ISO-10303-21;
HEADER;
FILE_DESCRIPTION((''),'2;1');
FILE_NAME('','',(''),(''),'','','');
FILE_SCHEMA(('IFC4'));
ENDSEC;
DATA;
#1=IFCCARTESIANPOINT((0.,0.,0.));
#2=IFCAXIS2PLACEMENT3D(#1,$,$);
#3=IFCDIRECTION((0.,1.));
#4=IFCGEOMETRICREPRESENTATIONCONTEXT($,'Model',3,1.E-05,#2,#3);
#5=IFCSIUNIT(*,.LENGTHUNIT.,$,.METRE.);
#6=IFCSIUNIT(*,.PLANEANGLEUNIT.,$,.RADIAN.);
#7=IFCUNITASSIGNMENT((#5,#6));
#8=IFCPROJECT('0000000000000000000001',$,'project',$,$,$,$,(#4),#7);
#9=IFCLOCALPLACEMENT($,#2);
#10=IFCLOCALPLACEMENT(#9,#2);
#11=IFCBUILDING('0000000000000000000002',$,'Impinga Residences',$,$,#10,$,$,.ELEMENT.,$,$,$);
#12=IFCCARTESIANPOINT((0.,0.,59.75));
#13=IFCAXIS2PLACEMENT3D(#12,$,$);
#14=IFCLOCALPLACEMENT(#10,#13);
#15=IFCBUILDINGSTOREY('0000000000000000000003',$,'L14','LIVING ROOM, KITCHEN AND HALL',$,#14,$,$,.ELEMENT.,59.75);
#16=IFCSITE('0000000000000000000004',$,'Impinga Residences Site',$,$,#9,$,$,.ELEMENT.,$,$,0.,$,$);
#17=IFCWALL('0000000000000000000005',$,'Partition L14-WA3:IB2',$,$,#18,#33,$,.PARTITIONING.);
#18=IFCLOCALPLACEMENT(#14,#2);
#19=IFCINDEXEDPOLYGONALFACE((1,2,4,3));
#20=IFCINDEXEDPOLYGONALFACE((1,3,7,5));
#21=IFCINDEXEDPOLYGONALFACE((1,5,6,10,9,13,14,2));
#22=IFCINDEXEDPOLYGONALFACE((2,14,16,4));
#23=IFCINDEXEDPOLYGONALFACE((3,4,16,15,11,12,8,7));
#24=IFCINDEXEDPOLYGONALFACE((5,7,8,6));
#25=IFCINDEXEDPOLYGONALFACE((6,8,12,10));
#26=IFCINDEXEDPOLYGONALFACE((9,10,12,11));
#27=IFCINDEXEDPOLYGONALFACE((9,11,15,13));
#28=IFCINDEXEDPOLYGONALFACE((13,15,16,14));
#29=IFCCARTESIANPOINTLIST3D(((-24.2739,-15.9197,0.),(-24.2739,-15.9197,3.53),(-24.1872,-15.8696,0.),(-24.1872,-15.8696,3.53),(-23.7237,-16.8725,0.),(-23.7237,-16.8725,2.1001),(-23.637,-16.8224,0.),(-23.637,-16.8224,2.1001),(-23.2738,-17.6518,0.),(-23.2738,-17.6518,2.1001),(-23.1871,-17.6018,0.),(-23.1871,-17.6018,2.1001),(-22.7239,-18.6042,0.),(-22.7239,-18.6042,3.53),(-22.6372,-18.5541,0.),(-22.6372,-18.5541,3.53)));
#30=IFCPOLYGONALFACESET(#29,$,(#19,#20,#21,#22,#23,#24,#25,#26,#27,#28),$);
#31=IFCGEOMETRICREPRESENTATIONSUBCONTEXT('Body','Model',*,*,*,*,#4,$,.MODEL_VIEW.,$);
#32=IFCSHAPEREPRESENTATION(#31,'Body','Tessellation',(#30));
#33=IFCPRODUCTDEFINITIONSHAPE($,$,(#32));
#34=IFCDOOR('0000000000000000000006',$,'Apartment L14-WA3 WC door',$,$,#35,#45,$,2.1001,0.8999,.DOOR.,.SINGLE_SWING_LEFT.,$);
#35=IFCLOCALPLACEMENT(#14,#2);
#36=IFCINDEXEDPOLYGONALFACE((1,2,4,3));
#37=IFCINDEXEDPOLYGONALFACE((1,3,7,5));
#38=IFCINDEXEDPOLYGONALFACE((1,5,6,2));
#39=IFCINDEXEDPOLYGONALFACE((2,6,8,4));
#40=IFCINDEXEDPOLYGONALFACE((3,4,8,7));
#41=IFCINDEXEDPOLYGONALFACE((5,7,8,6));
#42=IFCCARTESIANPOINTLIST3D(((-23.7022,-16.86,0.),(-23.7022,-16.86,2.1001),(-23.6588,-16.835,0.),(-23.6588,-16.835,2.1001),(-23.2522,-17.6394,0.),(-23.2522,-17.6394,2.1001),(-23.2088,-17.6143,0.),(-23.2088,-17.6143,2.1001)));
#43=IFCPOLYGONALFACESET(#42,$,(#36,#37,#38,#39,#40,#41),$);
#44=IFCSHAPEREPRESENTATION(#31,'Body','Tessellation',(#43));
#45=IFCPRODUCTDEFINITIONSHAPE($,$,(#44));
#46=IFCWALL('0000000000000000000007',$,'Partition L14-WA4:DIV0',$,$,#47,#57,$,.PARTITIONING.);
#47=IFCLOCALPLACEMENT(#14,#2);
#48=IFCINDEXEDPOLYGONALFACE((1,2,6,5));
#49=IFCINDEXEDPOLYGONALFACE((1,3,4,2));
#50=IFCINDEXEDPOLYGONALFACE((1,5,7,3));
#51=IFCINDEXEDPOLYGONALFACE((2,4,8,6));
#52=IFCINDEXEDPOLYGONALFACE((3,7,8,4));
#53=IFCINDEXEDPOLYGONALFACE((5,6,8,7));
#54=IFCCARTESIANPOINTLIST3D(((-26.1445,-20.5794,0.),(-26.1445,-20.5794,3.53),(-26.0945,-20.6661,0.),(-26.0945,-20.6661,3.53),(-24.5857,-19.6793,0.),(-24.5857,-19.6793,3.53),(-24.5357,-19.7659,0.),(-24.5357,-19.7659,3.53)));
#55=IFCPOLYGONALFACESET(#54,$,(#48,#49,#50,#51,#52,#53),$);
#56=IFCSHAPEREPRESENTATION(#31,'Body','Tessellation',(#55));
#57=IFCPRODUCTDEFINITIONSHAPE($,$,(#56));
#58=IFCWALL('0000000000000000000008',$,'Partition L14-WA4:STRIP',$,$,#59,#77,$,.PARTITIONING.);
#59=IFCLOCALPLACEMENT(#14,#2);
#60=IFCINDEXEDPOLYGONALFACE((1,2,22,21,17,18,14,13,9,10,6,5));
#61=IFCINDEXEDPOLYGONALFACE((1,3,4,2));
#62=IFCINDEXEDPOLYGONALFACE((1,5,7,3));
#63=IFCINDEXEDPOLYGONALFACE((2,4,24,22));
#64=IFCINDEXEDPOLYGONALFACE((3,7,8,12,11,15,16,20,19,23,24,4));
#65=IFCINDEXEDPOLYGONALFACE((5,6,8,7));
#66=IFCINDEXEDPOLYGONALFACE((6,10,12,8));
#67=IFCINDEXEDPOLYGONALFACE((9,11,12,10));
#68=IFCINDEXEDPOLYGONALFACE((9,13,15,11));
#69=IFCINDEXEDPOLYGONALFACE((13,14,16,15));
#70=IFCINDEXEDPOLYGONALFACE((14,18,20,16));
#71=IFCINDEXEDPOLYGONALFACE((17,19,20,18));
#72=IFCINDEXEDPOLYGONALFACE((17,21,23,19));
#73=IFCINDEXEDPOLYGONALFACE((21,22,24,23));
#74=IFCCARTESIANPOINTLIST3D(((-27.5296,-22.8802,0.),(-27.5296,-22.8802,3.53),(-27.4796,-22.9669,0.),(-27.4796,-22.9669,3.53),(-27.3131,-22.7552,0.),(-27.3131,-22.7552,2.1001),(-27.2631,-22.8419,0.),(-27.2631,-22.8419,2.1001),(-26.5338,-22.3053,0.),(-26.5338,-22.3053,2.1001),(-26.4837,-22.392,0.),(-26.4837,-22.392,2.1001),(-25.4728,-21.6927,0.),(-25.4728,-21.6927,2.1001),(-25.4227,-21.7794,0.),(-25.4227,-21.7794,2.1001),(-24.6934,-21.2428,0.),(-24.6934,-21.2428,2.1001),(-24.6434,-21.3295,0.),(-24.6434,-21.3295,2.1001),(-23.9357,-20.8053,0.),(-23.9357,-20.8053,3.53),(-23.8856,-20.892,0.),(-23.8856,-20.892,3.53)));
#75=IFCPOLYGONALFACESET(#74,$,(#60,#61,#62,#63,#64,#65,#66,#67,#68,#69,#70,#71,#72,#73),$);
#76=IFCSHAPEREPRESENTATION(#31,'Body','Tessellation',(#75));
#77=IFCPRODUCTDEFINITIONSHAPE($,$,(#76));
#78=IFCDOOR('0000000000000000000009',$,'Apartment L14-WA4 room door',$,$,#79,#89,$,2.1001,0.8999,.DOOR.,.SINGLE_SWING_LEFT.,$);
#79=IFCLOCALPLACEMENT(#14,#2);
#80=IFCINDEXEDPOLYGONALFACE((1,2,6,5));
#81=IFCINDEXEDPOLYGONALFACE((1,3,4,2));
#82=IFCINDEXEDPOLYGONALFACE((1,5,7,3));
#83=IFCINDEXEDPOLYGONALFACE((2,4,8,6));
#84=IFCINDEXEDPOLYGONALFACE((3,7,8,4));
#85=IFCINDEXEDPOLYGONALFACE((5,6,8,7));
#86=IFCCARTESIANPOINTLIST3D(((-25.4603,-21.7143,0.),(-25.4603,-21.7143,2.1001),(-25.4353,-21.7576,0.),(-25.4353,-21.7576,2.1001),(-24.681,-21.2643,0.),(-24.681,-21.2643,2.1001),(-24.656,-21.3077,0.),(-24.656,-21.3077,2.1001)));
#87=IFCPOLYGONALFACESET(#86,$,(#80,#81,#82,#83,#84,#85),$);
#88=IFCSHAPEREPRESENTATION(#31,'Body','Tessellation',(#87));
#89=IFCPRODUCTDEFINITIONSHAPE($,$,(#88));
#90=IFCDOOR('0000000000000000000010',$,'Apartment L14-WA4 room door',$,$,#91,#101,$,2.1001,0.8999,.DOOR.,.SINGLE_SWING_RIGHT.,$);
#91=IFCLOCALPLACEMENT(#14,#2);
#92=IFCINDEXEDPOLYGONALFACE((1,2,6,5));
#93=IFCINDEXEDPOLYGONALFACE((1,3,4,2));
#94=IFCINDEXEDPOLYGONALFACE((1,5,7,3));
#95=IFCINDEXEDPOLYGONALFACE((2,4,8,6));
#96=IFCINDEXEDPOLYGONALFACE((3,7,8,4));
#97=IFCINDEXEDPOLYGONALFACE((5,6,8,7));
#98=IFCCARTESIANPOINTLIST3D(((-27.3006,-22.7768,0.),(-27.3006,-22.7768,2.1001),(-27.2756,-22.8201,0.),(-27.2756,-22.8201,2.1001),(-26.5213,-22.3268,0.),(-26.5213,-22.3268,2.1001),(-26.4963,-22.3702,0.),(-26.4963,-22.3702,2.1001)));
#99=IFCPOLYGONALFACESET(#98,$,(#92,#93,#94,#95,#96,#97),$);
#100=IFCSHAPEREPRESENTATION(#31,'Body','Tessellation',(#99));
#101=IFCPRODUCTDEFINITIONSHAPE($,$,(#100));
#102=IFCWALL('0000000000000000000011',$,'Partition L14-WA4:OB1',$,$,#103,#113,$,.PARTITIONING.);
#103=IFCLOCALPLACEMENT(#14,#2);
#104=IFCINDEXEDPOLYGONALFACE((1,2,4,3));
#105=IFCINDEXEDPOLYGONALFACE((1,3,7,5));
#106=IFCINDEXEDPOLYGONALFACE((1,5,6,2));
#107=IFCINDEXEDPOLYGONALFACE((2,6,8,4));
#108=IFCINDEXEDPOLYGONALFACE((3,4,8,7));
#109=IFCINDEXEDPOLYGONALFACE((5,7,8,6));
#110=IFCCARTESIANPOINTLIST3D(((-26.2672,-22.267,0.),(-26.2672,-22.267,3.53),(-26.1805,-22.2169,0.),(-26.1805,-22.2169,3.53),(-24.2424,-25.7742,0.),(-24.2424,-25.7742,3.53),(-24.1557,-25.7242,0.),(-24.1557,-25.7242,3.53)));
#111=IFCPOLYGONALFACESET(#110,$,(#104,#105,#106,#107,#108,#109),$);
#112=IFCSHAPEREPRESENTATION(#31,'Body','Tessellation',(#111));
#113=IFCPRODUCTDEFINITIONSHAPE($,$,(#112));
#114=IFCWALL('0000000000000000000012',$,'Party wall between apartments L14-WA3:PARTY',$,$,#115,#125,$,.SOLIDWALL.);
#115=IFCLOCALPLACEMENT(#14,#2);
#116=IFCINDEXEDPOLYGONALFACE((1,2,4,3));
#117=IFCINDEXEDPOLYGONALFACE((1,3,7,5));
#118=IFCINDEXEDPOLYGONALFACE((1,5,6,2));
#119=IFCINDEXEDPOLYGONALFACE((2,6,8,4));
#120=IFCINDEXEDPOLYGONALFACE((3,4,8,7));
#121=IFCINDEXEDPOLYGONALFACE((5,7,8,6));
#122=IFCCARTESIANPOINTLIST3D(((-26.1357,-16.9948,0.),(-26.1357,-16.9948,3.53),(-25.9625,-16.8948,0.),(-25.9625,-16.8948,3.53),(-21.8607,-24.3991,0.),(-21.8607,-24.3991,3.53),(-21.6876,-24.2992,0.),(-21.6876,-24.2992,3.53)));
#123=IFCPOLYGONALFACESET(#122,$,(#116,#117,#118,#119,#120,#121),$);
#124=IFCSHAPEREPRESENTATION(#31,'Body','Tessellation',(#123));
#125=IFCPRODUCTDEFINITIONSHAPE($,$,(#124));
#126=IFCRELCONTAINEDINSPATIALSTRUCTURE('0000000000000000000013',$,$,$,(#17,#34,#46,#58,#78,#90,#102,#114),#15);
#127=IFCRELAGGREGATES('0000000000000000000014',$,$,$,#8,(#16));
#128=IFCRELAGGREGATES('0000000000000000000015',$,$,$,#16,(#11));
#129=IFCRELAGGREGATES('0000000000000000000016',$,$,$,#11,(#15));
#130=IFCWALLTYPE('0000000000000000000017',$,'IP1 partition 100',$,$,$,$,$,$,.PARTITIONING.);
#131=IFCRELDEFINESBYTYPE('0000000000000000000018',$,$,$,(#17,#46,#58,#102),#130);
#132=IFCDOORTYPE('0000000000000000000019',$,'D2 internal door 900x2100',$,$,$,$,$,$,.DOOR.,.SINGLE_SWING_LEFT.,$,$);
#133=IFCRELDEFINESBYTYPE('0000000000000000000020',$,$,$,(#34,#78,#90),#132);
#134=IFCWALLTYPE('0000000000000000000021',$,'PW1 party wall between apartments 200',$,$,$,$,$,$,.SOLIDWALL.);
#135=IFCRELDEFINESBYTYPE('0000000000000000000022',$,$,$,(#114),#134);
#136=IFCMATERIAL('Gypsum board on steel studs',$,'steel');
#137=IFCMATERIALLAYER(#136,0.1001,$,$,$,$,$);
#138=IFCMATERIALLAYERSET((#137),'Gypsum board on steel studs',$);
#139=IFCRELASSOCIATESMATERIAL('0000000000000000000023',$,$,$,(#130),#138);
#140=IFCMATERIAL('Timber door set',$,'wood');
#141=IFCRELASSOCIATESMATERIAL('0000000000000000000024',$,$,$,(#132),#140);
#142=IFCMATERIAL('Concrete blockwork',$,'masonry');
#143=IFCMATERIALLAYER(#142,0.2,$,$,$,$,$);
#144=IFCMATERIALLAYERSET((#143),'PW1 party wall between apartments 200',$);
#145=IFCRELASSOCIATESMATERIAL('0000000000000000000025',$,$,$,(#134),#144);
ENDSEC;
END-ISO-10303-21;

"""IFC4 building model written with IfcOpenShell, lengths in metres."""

from ifc_helpers import new_model, si_unit, direction, frame, frame_2d, origin, place, context, subcontext, project, spatial, rectangle, extrude, material, layer, layer_set, type_object, element, fill, save


model = new_model("IFC4")

# Units and contexts
model_context = context("Model", 3, precision=1e-05, world=origin(), true_north=direction((0.0, 1.0)))
body_context = subcontext(model_context, "Body", "Model", "MODEL_VIEW")
ifc_project = project(units=[si_unit("LENGTHUNIT", "METRE"), si_unit("PLANEANGLEUNIT", "RADIAN")], contexts=[model_context])

# Site, building, storey
site_placement = place(None, origin())
site = spatial("IfcSite", under=ifc_project, at=site_placement, Name="Impinga Residences Site", CompositionType="ELEMENT", RefElevation=0.0)
building_placement = place(site_placement, origin())
building = spatial("IfcBuilding", under=site, at=building_placement, Name="Impinga Residences", CompositionType="ELEMENT")
storey_placement = place(building_placement, frame((0.0, 0.0, 59.75)))
storey = spatial("IfcBuildingStorey", under=building, at=storey_placement, Name="L14", Description="LIVING ROOM, KITCHEN AND HALL", CompositionType="ELEMENT", Elevation=59.75)

# Shared definitions
ifc_material_1 = material(Name="Gypsum board on steel studs", Category="steel")
ifc_layer_1 = layer(ifc_material_1, 0.1001)
ifc_layer_set_1 = layer_set([ifc_layer_1], Name="Gypsum board on steel studs")
wall_type_1 = type_object("IfcWallType", Name="IP1 partition 100", PredefinedType="PARTITIONING", material=ifc_layer_set_1)

# Shared definitions
ifc_material_2 = material(Name="Timber door set", Category="wood")
door_type = type_object("IfcDoorType", Name="D2 internal door 900x2100", OperationType="SINGLE_SWING_LEFT", PredefinedType="DOOR", material=ifc_material_2)

# Wall, opening, door
wall_1_placement = place(storey_placement, frame((-24.2305, -15.8948, 0.0), z_axis=(0.0, 0.0, 1.0), x_axis=(0.500027, -0.86601, 0.0)))
wall_1 = element("IfcWall", 1, at=wall_1_placement, inside=storey, type_object=wall_type_1, Name="Partition L14-WA3:IB2", PredefinedType="PARTITIONING", context=body_context, shape_type="SweptSolid", body=[
    extrude(rectangle(XDim=3.0999, YDim=0.1001, at=frame_2d((1.5498, 0.0))), origin(), (0.0, 0.0, 1.0), 3.53),
])
opening_1_placement = place(wall_1_placement, frame((1.1001, 0.0, 0.0)))
opening_1 = element("IfcOpeningElement", 2, at=opening_1_placement, cuts=wall_1, PredefinedType="OPENING", context=body_context, shape_type="SweptSolid", body=[
    extrude(rectangle(XDim=0.8999, YDim=2.1001, at=frame_2d((0.45, 1.05))), frame((0.0, 0.0601, 0.0), z_axis=(0.0, -1.0, 0.0), x_axis=(1.0, 0.0, 0.0)), (0.0, 0.0, 1.0), 0.1201),
])
door_1_placement = place(opening_1_placement, origin())
door_1 = element("IfcDoor", 3, at=door_1_placement, inside=storey, type_object=door_type, Name="Apartment L14-WA3 WC door", OperationType="SINGLE_SWING_LEFT", OverallHeight=2.1001, OverallWidth=0.8999, PredefinedType="DOOR", context=body_context, shape_type="SweptSolid", body=[
    extrude(rectangle(XDim=0.8999, YDim=2.1001, at=frame_2d((0.45, 1.05))), frame((0.0, 0.0249, 0.0), z_axis=(0.0, -1.0, 0.0), x_axis=(1.0, 0.0, 0.0)), (0.0, 0.0, 1.0), 0.05),
])
fill(opening_1, door_1)

# Wall
wall_2_placement = place(storey_placement, frame((-24.5608, -19.7227, 0.0), z_axis=(0.0, 0.0, 1.0), x_axis=(-0.865989, -0.500063, 0.0)))
element("IfcWall", 4, at=wall_2_placement, inside=storey, type_object=wall_type_1, Name="Partition L14-WA4:DIV0", PredefinedType="PARTITIONING", context=body_context, shape_type="SweptSolid", body=[
    extrude(rectangle(XDim=1.8, YDim=0.1001, at=frame_2d((0.8999, 0.0))), origin(), (0.0, 0.0, 1.0), 3.53),
])

# Wall, openings, doors
wall_3_placement = place(storey_placement, frame((-23.9106, -20.8486, 0.0), z_axis=(0.0, 0.0, 1.0), x_axis=(-0.86603, -0.499992, 0.0)))
wall_3 = element("IfcWall", 5, at=wall_3_placement, inside=storey, type_object=wall_type_1, Name="Partition L14-WA4:STRIP", PredefinedType="PARTITIONING", context=body_context, shape_type="SweptSolid", body=[
    extrude(rectangle(XDim=4.1499, YDim=0.1001, at=frame_2d((2.075, 0.0))), origin(), (0.0, 0.0, 1.0), 3.53),
])
opening_2_placement = place(wall_3_placement, frame((0.875, 0.0, 0.0)))
opening_2 = element("IfcOpeningElement", 6, at=opening_2_placement, cuts=wall_3, PredefinedType="OPENING", context=body_context, shape_type="SweptSolid", body=[
    extrude(rectangle(XDim=0.8999, YDim=2.1001, at=frame_2d((0.45, 1.05))), frame((0.0, 0.0601, 0.0), z_axis=(0.0, -1.0, 0.0), x_axis=(1.0, 0.0, 0.0)), (0.0, 0.0, 1.0), 0.1201),
])
opening_3_placement = place(wall_3_placement, frame((3.0, 0.0, 0.0)))
opening_3 = element("IfcOpeningElement", 7, at=opening_3_placement, cuts=wall_3, PredefinedType="OPENING", context=body_context, shape_type="SweptSolid", body=[
    extrude(rectangle(XDim=0.8999, YDim=2.1001, at=frame_2d((0.45, 1.05))), frame((0.0, 0.0601, 0.0), z_axis=(0.0, -1.0, 0.0), x_axis=(1.0, 0.0, 0.0)), (0.0, 0.0, 1.0), 0.1201),
])
door_2_placement = place(opening_2_placement, origin())
door_2 = element("IfcDoor", 8, at=door_2_placement, inside=storey, type_object=door_type, Name="Apartment L14-WA4 room door", OperationType="SINGLE_SWING_LEFT", OverallHeight=2.1001, OverallWidth=0.8999, PredefinedType="DOOR", context=body_context, shape_type="SweptSolid", body=[
    extrude(rectangle(XDim=0.8999, YDim=2.1001, at=frame_2d((0.45, 1.05))), frame((0.0, 0.0249, 0.0), z_axis=(0.0, -1.0, 0.0), x_axis=(1.0, 0.0, 0.0)), (0.0, 0.0, 1.0), 0.05),
])
fill(opening_2, door_2)
door_3_placement = place(opening_3_placement, origin())
door_3 = element("IfcDoor", 9, at=door_3_placement, inside=storey, type_object=door_type, Name="Apartment L14-WA4 room door", OperationType="SINGLE_SWING_RIGHT", OverallHeight=2.1001, OverallWidth=0.8999, PredefinedType="DOOR", context=body_context, shape_type="SweptSolid", body=[
    extrude(rectangle(XDim=0.8999, YDim=2.1001, at=frame_2d((0.45, 1.05))), frame((0.0, 0.0249, 0.0), z_axis=(0.0, -1.0, 0.0), x_axis=(1.0, 0.0, 0.0)), (0.0, 0.0, 1.0), 0.05),
])
fill(opening_3, door_3)

# Walls
wall_4_placement = place(storey_placement, frame((-26.2239, -22.2419, 0.0), z_axis=(0.0, 0.0, 1.0), x_axis=(0.49999, -0.866031, 0.0)))
element("IfcWall", 10, at=wall_4_placement, inside=storey, type_object=wall_type_1, Name="Partition L14-WA4:OB1", PredefinedType="PARTITIONING", context=body_context, shape_type="SweptSolid", body=[
    extrude(rectangle(XDim=4.0498, YDim=0.1001, at=frame_2d((2.0249, 0.0))), origin(), (0.0, 0.0, 1.0), 3.53),
])
ifc_material_3 = material(Name="Concrete blockwork", Category="masonry")
ifc_layer_2 = layer(ifc_material_3, 0.2)
ifc_layer_set_2 = layer_set([ifc_layer_2], Name="PW1 party wall between apartments 200")
wall_type_2 = type_object("IfcWallType", Name="PW1 party wall between apartments 200", PredefinedType="SOLIDWALL", material=ifc_layer_set_2)
wall_5_placement = place(storey_placement, frame((-26.0491, -16.9448, 0.0), z_axis=(0.0, 0.0, 1.0), x_axis=(0.500003, -0.866024, 0.0)))
element("IfcWall", 11, at=wall_5_placement, inside=storey, type_object=wall_type_2, Name="Party wall between apartments L14-WA3:PARTY", PredefinedType="SOLIDWALL", context=body_context, shape_type="SweptSolid", body=[
    extrude(rectangle(XDim=8.5498, YDim=0.2, at=frame_2d((4.2749, 0.0))), origin(), (0.0, 0.0, 1.0), 3.53),
])

save(model, "model.ifc")
